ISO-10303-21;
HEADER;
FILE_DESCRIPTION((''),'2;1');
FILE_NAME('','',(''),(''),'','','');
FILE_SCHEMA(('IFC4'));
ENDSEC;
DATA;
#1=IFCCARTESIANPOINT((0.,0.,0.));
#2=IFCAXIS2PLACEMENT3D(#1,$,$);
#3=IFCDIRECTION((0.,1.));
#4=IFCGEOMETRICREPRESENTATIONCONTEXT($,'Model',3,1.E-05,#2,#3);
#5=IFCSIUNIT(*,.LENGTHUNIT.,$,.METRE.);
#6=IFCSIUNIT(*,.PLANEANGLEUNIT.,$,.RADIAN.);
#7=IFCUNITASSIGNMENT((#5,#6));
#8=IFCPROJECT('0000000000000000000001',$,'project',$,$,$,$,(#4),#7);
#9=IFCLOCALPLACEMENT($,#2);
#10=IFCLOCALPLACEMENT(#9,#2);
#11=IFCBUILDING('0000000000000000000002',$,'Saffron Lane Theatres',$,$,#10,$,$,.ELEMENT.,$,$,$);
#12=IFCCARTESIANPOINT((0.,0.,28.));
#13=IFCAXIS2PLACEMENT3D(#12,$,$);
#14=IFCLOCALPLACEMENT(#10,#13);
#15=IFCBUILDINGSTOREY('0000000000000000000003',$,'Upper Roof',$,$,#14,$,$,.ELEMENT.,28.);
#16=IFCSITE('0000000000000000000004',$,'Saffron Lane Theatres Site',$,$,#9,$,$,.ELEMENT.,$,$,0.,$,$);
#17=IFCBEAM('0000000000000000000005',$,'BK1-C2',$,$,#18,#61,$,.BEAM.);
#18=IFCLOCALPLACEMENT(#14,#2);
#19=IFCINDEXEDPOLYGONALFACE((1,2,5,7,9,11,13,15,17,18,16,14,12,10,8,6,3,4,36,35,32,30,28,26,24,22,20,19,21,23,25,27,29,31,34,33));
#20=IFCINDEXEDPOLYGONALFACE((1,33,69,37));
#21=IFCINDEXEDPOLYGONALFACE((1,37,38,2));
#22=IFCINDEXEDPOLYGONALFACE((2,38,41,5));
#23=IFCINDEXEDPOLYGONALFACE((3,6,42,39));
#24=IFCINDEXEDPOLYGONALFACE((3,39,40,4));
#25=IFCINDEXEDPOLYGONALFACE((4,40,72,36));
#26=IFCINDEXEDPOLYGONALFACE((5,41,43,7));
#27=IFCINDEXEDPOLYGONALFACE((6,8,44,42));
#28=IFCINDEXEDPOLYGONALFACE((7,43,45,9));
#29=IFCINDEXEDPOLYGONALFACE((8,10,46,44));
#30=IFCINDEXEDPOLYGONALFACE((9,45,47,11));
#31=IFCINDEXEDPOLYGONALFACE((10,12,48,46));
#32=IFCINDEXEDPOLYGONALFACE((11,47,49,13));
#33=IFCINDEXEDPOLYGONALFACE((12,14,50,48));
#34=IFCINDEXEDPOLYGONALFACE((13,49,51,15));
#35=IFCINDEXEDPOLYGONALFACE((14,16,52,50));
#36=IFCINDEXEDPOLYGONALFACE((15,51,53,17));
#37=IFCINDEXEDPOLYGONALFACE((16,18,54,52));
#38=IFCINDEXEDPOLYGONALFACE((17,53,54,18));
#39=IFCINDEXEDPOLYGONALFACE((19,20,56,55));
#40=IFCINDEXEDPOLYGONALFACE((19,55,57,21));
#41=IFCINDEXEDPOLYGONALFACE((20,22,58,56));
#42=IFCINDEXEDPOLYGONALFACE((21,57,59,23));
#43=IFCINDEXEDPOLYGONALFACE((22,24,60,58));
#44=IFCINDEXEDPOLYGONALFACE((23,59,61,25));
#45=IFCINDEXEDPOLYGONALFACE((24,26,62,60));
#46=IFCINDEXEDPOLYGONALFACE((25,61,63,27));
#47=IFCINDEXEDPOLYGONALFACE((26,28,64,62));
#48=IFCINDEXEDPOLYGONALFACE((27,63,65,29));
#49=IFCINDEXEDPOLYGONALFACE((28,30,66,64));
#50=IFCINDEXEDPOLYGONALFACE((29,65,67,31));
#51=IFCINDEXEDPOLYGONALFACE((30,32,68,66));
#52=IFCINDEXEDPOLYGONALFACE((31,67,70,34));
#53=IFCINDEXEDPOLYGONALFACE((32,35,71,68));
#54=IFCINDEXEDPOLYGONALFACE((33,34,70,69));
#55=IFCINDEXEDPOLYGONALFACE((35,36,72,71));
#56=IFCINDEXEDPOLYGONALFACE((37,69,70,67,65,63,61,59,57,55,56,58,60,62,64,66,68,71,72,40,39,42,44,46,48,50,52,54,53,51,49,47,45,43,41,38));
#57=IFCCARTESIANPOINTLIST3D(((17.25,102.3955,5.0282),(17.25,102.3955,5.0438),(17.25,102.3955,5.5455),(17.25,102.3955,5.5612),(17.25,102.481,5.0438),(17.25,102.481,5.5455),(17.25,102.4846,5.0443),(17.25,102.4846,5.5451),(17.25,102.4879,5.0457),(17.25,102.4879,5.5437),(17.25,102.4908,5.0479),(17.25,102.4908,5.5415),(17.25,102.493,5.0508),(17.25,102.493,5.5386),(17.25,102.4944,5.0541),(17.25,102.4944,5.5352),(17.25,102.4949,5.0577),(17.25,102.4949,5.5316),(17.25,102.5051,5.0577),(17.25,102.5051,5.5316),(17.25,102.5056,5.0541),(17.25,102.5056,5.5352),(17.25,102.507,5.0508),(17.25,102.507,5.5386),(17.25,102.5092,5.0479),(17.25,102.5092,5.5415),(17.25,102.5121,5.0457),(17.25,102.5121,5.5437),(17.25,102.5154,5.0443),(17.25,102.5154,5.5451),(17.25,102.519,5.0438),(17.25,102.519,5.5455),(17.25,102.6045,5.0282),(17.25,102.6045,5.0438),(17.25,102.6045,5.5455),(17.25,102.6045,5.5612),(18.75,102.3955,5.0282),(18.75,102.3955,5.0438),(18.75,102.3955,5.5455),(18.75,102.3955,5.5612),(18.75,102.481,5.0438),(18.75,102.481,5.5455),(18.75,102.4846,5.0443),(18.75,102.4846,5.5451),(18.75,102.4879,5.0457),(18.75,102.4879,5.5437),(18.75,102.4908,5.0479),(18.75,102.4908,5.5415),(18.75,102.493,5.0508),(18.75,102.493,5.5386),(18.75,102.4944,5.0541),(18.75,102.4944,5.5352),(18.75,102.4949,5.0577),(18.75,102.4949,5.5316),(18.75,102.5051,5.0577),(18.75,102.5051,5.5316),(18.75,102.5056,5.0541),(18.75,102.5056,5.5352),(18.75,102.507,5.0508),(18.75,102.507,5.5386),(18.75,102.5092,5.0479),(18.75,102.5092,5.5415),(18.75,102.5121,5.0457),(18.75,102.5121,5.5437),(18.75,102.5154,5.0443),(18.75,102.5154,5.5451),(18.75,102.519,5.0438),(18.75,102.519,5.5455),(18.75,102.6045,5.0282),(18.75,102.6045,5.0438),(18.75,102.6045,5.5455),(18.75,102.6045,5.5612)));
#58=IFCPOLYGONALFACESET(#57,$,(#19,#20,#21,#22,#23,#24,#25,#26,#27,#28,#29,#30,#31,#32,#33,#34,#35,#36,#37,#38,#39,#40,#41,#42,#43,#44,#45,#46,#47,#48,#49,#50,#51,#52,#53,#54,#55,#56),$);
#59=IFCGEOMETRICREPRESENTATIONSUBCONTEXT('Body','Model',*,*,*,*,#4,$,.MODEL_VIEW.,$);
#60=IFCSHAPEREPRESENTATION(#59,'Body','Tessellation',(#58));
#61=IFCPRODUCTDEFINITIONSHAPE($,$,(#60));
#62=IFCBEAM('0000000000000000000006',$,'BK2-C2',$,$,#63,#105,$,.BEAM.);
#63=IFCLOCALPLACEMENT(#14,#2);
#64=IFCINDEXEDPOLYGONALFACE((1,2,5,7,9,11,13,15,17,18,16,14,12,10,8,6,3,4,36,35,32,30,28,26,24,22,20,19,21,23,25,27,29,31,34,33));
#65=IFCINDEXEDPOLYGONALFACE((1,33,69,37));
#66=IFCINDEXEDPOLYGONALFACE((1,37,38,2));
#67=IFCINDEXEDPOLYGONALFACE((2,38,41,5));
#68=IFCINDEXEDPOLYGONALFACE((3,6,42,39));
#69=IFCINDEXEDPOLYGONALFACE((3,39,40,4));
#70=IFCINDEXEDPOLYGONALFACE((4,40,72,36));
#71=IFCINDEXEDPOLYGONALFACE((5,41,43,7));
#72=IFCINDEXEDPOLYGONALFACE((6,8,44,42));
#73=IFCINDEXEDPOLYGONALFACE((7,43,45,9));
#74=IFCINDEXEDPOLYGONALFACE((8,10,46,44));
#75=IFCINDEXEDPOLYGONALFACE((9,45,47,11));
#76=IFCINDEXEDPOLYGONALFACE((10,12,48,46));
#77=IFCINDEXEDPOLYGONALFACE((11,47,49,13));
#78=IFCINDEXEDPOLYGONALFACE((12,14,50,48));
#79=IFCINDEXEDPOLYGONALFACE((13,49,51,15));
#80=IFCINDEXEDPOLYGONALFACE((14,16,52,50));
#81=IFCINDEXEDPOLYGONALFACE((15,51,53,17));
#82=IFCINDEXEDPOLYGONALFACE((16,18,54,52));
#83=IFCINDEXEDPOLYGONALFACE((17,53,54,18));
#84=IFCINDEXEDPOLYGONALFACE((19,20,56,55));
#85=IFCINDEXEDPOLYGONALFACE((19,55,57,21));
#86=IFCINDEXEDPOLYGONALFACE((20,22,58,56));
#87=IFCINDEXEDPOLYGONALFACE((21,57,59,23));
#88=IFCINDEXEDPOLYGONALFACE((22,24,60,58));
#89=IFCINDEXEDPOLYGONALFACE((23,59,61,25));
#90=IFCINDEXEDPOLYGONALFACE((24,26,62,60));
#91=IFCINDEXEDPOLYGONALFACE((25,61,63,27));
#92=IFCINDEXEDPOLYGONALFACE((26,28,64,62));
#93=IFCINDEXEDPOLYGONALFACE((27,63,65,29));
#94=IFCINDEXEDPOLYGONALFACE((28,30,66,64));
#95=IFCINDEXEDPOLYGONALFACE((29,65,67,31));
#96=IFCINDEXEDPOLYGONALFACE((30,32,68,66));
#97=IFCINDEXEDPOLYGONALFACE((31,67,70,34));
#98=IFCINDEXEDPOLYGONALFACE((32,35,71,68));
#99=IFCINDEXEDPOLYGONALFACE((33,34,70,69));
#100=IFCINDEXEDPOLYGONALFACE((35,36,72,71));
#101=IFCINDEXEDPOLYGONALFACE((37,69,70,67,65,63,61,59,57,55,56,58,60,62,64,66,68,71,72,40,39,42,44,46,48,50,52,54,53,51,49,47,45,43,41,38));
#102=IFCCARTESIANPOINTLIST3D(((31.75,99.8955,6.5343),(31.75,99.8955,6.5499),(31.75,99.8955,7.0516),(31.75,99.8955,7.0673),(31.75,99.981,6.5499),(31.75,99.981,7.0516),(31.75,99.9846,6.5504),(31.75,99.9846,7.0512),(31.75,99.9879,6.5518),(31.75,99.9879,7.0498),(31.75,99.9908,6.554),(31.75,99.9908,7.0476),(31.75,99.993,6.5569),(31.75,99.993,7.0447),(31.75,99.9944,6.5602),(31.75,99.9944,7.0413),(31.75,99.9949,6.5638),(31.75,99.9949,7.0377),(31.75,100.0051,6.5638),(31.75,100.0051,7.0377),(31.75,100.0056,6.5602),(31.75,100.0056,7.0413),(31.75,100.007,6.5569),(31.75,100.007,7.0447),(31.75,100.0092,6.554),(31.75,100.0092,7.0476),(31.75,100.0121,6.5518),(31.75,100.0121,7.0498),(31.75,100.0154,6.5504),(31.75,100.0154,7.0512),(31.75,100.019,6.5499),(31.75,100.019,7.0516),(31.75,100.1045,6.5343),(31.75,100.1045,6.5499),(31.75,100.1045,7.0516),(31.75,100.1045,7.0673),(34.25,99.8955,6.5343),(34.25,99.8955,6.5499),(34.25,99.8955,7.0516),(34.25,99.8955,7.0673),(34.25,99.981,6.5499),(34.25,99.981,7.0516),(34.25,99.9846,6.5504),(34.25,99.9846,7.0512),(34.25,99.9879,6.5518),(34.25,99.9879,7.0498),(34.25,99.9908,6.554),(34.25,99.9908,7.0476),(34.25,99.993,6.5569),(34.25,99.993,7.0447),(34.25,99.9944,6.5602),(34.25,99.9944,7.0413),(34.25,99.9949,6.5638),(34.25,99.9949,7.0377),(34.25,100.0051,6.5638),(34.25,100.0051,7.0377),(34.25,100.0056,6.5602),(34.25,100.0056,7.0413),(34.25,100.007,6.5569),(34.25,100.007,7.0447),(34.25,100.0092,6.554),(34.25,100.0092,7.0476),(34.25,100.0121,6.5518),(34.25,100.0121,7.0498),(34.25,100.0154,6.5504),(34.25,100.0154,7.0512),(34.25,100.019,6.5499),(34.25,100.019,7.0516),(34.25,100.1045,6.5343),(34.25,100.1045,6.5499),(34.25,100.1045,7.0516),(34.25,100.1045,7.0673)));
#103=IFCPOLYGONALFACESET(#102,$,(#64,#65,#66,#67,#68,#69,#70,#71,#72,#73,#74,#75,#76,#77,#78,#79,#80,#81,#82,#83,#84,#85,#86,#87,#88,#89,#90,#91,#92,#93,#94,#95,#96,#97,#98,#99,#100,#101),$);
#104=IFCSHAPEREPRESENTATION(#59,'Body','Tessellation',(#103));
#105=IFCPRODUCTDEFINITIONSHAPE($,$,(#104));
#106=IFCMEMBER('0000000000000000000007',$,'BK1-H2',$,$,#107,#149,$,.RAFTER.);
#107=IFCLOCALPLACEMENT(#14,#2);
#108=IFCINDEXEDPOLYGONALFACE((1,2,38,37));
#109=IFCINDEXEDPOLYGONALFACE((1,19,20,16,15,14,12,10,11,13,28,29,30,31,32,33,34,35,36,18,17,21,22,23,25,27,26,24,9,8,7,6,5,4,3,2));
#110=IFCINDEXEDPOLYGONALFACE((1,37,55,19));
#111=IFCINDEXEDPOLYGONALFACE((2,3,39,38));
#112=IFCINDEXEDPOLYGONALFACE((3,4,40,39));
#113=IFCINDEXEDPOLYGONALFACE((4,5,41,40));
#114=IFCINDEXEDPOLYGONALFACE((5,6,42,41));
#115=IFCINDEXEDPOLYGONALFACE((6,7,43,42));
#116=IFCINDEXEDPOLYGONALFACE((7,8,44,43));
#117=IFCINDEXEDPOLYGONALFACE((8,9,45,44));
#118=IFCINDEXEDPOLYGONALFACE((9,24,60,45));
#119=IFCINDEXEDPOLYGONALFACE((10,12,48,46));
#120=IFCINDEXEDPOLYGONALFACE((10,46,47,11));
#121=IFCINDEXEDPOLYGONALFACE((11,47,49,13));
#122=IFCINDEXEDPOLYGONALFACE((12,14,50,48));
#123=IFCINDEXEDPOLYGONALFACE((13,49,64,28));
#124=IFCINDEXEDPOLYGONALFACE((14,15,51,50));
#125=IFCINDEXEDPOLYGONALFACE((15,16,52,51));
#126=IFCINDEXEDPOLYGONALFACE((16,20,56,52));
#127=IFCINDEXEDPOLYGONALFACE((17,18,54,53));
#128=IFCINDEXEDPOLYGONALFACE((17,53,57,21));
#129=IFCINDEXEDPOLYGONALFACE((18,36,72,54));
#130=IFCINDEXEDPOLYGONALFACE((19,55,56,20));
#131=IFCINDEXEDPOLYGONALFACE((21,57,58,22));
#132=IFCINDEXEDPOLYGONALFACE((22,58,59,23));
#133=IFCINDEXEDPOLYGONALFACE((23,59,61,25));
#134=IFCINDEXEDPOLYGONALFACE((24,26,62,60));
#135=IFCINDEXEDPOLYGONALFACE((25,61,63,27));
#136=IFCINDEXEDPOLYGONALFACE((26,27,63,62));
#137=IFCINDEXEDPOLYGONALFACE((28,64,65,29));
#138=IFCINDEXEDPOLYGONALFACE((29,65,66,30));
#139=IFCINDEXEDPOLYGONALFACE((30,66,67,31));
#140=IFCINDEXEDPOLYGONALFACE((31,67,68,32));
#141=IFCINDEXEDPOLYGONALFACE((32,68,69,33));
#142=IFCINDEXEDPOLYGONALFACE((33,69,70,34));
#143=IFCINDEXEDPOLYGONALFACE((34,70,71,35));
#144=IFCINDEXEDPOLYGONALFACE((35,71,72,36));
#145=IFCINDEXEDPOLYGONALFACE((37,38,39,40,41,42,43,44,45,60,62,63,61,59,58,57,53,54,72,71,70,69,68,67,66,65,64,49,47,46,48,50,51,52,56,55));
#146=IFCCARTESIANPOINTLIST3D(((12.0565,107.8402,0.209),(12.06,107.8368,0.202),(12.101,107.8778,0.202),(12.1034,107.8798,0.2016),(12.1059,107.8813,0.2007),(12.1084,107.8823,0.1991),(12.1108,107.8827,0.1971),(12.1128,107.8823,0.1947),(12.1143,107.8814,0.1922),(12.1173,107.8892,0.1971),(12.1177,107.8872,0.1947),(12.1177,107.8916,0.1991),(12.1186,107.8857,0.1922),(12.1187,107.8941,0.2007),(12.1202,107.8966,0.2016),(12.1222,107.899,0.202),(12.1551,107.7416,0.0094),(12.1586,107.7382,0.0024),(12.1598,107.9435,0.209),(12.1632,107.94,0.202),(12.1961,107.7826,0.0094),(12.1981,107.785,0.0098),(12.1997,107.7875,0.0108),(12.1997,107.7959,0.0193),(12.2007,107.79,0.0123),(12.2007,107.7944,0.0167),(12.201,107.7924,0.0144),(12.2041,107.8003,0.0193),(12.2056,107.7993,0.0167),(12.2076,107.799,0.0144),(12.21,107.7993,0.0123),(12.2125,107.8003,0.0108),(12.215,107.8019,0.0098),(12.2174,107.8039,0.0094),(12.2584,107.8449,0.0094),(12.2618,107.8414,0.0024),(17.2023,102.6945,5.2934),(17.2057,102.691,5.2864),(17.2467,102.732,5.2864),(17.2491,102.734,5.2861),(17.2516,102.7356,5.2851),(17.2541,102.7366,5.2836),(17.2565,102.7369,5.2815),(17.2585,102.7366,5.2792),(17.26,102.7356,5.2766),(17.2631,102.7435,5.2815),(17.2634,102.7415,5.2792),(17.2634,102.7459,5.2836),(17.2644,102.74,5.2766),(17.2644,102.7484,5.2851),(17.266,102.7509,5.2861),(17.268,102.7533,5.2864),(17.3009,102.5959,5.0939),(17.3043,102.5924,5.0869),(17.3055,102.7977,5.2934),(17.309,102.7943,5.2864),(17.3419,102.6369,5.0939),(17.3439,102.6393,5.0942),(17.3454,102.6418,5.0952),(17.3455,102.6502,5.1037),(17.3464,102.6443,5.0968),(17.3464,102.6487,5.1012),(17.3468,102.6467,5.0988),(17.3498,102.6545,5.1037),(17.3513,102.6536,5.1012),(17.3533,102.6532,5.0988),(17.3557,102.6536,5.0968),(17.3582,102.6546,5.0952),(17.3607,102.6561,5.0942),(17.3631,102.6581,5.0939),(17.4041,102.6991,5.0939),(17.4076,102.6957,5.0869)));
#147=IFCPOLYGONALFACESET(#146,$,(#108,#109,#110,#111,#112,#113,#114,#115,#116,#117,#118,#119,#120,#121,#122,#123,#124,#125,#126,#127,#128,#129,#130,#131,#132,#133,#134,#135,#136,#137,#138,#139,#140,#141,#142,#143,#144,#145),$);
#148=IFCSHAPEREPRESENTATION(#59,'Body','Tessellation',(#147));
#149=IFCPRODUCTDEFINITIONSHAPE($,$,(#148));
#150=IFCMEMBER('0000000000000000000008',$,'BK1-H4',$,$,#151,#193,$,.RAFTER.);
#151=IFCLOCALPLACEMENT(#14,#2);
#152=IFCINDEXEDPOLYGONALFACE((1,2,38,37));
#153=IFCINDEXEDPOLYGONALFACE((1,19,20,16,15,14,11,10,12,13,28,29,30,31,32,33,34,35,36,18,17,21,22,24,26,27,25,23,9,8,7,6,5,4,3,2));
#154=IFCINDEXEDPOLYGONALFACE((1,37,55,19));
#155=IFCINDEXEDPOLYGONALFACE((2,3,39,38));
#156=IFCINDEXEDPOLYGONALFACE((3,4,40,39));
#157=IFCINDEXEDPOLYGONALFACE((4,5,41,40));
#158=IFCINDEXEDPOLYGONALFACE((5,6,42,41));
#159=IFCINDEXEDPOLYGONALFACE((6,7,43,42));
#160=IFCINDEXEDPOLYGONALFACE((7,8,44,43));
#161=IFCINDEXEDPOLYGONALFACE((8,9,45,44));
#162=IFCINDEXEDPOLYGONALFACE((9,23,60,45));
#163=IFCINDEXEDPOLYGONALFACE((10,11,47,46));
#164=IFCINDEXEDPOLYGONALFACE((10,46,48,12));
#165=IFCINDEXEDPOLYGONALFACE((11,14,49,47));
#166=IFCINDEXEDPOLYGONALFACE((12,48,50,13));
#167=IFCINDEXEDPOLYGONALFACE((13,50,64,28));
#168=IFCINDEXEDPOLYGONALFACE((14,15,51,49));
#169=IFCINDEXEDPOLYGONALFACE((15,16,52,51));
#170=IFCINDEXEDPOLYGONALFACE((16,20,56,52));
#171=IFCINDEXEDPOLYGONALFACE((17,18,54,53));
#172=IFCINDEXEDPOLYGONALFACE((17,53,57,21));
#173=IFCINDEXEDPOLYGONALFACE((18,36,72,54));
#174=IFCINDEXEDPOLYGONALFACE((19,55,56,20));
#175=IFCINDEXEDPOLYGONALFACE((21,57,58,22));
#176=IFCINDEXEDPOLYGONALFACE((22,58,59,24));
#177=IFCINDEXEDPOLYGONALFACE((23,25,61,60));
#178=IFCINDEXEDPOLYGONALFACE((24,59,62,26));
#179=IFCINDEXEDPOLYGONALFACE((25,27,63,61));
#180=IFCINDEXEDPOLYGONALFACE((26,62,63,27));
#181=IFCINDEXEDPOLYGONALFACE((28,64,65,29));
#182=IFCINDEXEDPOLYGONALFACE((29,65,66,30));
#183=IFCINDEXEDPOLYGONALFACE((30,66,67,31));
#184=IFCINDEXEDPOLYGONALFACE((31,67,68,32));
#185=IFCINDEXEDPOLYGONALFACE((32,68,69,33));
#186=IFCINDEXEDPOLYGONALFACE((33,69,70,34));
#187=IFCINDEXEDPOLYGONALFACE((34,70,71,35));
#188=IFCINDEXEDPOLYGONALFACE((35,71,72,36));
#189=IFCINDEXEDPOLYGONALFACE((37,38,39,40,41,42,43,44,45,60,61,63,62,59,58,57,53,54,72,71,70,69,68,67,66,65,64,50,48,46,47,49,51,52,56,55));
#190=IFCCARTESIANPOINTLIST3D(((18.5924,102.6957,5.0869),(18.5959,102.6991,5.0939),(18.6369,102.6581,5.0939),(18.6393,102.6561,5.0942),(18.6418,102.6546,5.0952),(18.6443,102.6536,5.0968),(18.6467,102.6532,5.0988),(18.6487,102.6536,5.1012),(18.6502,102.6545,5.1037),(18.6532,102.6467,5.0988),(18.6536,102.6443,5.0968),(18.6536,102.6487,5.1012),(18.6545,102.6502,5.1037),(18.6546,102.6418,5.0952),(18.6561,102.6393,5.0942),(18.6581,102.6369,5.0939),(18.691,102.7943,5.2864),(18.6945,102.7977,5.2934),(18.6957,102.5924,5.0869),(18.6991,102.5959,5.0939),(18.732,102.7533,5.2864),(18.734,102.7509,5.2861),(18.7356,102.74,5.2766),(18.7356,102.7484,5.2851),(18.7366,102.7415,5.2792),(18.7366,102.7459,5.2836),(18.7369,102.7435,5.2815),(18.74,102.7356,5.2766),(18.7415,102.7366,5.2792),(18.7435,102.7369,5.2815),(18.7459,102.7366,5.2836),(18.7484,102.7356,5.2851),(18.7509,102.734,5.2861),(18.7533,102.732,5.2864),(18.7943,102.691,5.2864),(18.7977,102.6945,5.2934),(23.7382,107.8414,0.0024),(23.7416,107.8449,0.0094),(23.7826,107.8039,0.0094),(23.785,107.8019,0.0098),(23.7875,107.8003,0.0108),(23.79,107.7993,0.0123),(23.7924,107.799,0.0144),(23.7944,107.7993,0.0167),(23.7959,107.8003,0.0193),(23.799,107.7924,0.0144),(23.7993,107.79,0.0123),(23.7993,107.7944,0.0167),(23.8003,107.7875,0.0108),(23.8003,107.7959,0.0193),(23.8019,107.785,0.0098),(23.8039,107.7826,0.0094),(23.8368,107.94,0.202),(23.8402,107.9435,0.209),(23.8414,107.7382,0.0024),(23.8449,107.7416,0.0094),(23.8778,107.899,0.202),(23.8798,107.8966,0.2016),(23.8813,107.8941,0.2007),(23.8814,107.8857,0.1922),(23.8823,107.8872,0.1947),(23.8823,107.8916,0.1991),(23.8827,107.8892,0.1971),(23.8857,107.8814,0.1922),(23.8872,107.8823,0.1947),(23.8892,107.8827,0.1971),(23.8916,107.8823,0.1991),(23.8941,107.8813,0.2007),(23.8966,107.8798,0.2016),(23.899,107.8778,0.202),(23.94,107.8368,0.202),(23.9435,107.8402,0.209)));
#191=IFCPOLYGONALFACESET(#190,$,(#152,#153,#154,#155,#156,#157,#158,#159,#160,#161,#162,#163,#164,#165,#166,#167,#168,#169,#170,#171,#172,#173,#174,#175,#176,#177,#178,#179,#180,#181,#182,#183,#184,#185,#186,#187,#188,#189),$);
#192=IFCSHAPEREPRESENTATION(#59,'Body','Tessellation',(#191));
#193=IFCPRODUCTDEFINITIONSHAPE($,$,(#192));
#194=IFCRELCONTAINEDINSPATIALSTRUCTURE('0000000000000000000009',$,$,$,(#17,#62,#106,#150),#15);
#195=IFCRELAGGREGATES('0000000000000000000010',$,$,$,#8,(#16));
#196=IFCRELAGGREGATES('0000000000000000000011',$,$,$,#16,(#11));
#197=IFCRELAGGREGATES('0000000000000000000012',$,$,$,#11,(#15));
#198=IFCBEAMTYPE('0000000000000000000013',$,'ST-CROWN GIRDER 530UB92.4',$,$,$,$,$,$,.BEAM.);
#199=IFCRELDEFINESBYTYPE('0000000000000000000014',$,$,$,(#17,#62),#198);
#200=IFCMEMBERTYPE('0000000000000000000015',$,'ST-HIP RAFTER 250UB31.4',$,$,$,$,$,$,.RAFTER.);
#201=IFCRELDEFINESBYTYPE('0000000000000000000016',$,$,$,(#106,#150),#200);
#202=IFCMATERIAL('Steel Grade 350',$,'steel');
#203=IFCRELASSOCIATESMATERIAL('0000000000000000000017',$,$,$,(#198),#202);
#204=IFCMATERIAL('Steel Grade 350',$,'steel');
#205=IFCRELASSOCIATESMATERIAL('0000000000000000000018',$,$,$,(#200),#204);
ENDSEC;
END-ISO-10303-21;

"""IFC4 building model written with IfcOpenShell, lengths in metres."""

from ifc_helpers import new_model, si_unit, direction, frame, origin, origin_2d, place, context, subcontext, project, spatial, i_section, extrude, material, material_profile, profile_set, type_object, element, save


model = new_model("IFC4")

# Units and contexts
model_context = context("Model", 3, precision=1e-05, world=origin(), true_north=direction((0.0, 1.0)))
body_context = subcontext(model_context, "Body", "Model", "MODEL_VIEW")
ifc_project = project(units=[si_unit("LENGTHUNIT", "METRE"), si_unit("PLANEANGLEUNIT", "RADIAN")], contexts=[model_context])

# Site, building, storey
site_placement = place(None, origin())
site = spatial("IfcSite", under=ifc_project, at=site_placement, Name="Saffron Lane Theatres Site", CompositionType="ELEMENT", RefElevation=0.0)
building_placement = place(site_placement, origin())
building = spatial("IfcBuilding", under=site, at=building_placement, Name="Saffron Lane Theatres", CompositionType="ELEMENT")
storey_placement = place(building_placement, frame((0.0, 0.0, 28.0)))
storey = spatial("IfcBuildingStorey", under=building, at=storey_placement, Name="Upper Roof", CompositionType="ELEMENT", Elevation=28.0)

# Beams
ifc_material_1 = material(Name="Steel Grade 350", Category="steel")
ifc_material_profile_1 = material_profile(ifc_material_1, i_section(OverallWidth=0.209, OverallDepth=0.533, WebThickness=0.0103, FlangeThickness=0.0156, FilletRadius=0.0139, at=origin_2d()))
ifc_profile_set_1 = profile_set([ifc_material_profile_1], Name="Steel Grade 350")
beam_type = type_object("IfcBeamType", Name="ST-CROWN GIRDER 530UB92.4", PredefinedType="BEAM", material=ifc_profile_set_1)
beam_1_placement = place(storey_placement, frame((17.25, 102.5, 5.2947), z_axis=(1.0, 0.0, 0.0), x_axis=(0.0, 1.0, 0.0)))
element("IfcBeam", 1, at=beam_1_placement, inside=storey, type_object=beam_type, Name="BK1-C2", PredefinedType="BEAM", context=body_context, shape_type="SweptSolid", body=[
    extrude(i_section(OverallWidth=0.209, OverallDepth=0.533, WebThickness=0.0103, FlangeThickness=0.0156, FilletRadius=0.0139, at=origin_2d()), origin(), (0.0, 0.0, 1.0), 1.5),
])
beam_2_placement = place(storey_placement, frame((31.75, 100.0, 6.8008), z_axis=(1.0, 0.0, 0.0), x_axis=(0.0, 1.0, 0.0)))
element("IfcBeam", 2, at=beam_2_placement, inside=storey, type_object=beam_type, Name="BK2-C2", PredefinedType="BEAM", context=body_context, shape_type="SweptSolid", body=[
    extrude(i_section(OverallWidth=0.209, OverallDepth=0.533, WebThickness=0.0103, FlangeThickness=0.0156, FilletRadius=0.0139, at=origin_2d()), origin(), (0.0, 0.0, 1.0), 2.5),
])

# Members
ifc_material_2 = material(Name="Steel Grade 350", Category="steel")
ifc_material_profile_2 = material_profile(ifc_material_2, i_section(OverallWidth=0.146, OverallDepth=0.252, WebThickness=0.0061, FlangeThickness=0.0085, FilletRadius=0.012, at=origin_2d()))
ifc_profile_set_2 = profile_set([ifc_material_profile_2], Name="Steel Grade 350")
member_type_1 = type_object("IfcMemberType", Name="ST-HIP RAFTER 250UB31.4", PredefinedType="RAFTER", material=ifc_profile_set_2)
for number, where, z_axis, x_axis, name in (
    (3, (12.1592, 107.8408, 0.1057), (0.579642, -0.579642, 0.572739), (0.707107, 0.707107, 0.0), "BK1-H2"),
    (4, (23.8408, 107.8408, 0.1057), (-0.579642, -0.579642, 0.572739), (0.707107, -0.707107, 0.0), "BK1-H4"),
):
    element("IfcMember", number, at=place(storey_placement, frame(where, z_axis=z_axis, x_axis=x_axis)), inside=storey, type_object=member_type_1, Name=name, PredefinedType="RAFTER", context=body_context, shape_type="SweptSolid", body=[
        extrude(i_section(OverallWidth=0.146, OverallDepth=0.252, WebThickness=0.0061, FlangeThickness=0.0085, FilletRadius=0.012, at=origin_2d()), origin(), (0.0, 0.0, 1.0), 8.8774),
    ])

save(model, "model.ifc")
